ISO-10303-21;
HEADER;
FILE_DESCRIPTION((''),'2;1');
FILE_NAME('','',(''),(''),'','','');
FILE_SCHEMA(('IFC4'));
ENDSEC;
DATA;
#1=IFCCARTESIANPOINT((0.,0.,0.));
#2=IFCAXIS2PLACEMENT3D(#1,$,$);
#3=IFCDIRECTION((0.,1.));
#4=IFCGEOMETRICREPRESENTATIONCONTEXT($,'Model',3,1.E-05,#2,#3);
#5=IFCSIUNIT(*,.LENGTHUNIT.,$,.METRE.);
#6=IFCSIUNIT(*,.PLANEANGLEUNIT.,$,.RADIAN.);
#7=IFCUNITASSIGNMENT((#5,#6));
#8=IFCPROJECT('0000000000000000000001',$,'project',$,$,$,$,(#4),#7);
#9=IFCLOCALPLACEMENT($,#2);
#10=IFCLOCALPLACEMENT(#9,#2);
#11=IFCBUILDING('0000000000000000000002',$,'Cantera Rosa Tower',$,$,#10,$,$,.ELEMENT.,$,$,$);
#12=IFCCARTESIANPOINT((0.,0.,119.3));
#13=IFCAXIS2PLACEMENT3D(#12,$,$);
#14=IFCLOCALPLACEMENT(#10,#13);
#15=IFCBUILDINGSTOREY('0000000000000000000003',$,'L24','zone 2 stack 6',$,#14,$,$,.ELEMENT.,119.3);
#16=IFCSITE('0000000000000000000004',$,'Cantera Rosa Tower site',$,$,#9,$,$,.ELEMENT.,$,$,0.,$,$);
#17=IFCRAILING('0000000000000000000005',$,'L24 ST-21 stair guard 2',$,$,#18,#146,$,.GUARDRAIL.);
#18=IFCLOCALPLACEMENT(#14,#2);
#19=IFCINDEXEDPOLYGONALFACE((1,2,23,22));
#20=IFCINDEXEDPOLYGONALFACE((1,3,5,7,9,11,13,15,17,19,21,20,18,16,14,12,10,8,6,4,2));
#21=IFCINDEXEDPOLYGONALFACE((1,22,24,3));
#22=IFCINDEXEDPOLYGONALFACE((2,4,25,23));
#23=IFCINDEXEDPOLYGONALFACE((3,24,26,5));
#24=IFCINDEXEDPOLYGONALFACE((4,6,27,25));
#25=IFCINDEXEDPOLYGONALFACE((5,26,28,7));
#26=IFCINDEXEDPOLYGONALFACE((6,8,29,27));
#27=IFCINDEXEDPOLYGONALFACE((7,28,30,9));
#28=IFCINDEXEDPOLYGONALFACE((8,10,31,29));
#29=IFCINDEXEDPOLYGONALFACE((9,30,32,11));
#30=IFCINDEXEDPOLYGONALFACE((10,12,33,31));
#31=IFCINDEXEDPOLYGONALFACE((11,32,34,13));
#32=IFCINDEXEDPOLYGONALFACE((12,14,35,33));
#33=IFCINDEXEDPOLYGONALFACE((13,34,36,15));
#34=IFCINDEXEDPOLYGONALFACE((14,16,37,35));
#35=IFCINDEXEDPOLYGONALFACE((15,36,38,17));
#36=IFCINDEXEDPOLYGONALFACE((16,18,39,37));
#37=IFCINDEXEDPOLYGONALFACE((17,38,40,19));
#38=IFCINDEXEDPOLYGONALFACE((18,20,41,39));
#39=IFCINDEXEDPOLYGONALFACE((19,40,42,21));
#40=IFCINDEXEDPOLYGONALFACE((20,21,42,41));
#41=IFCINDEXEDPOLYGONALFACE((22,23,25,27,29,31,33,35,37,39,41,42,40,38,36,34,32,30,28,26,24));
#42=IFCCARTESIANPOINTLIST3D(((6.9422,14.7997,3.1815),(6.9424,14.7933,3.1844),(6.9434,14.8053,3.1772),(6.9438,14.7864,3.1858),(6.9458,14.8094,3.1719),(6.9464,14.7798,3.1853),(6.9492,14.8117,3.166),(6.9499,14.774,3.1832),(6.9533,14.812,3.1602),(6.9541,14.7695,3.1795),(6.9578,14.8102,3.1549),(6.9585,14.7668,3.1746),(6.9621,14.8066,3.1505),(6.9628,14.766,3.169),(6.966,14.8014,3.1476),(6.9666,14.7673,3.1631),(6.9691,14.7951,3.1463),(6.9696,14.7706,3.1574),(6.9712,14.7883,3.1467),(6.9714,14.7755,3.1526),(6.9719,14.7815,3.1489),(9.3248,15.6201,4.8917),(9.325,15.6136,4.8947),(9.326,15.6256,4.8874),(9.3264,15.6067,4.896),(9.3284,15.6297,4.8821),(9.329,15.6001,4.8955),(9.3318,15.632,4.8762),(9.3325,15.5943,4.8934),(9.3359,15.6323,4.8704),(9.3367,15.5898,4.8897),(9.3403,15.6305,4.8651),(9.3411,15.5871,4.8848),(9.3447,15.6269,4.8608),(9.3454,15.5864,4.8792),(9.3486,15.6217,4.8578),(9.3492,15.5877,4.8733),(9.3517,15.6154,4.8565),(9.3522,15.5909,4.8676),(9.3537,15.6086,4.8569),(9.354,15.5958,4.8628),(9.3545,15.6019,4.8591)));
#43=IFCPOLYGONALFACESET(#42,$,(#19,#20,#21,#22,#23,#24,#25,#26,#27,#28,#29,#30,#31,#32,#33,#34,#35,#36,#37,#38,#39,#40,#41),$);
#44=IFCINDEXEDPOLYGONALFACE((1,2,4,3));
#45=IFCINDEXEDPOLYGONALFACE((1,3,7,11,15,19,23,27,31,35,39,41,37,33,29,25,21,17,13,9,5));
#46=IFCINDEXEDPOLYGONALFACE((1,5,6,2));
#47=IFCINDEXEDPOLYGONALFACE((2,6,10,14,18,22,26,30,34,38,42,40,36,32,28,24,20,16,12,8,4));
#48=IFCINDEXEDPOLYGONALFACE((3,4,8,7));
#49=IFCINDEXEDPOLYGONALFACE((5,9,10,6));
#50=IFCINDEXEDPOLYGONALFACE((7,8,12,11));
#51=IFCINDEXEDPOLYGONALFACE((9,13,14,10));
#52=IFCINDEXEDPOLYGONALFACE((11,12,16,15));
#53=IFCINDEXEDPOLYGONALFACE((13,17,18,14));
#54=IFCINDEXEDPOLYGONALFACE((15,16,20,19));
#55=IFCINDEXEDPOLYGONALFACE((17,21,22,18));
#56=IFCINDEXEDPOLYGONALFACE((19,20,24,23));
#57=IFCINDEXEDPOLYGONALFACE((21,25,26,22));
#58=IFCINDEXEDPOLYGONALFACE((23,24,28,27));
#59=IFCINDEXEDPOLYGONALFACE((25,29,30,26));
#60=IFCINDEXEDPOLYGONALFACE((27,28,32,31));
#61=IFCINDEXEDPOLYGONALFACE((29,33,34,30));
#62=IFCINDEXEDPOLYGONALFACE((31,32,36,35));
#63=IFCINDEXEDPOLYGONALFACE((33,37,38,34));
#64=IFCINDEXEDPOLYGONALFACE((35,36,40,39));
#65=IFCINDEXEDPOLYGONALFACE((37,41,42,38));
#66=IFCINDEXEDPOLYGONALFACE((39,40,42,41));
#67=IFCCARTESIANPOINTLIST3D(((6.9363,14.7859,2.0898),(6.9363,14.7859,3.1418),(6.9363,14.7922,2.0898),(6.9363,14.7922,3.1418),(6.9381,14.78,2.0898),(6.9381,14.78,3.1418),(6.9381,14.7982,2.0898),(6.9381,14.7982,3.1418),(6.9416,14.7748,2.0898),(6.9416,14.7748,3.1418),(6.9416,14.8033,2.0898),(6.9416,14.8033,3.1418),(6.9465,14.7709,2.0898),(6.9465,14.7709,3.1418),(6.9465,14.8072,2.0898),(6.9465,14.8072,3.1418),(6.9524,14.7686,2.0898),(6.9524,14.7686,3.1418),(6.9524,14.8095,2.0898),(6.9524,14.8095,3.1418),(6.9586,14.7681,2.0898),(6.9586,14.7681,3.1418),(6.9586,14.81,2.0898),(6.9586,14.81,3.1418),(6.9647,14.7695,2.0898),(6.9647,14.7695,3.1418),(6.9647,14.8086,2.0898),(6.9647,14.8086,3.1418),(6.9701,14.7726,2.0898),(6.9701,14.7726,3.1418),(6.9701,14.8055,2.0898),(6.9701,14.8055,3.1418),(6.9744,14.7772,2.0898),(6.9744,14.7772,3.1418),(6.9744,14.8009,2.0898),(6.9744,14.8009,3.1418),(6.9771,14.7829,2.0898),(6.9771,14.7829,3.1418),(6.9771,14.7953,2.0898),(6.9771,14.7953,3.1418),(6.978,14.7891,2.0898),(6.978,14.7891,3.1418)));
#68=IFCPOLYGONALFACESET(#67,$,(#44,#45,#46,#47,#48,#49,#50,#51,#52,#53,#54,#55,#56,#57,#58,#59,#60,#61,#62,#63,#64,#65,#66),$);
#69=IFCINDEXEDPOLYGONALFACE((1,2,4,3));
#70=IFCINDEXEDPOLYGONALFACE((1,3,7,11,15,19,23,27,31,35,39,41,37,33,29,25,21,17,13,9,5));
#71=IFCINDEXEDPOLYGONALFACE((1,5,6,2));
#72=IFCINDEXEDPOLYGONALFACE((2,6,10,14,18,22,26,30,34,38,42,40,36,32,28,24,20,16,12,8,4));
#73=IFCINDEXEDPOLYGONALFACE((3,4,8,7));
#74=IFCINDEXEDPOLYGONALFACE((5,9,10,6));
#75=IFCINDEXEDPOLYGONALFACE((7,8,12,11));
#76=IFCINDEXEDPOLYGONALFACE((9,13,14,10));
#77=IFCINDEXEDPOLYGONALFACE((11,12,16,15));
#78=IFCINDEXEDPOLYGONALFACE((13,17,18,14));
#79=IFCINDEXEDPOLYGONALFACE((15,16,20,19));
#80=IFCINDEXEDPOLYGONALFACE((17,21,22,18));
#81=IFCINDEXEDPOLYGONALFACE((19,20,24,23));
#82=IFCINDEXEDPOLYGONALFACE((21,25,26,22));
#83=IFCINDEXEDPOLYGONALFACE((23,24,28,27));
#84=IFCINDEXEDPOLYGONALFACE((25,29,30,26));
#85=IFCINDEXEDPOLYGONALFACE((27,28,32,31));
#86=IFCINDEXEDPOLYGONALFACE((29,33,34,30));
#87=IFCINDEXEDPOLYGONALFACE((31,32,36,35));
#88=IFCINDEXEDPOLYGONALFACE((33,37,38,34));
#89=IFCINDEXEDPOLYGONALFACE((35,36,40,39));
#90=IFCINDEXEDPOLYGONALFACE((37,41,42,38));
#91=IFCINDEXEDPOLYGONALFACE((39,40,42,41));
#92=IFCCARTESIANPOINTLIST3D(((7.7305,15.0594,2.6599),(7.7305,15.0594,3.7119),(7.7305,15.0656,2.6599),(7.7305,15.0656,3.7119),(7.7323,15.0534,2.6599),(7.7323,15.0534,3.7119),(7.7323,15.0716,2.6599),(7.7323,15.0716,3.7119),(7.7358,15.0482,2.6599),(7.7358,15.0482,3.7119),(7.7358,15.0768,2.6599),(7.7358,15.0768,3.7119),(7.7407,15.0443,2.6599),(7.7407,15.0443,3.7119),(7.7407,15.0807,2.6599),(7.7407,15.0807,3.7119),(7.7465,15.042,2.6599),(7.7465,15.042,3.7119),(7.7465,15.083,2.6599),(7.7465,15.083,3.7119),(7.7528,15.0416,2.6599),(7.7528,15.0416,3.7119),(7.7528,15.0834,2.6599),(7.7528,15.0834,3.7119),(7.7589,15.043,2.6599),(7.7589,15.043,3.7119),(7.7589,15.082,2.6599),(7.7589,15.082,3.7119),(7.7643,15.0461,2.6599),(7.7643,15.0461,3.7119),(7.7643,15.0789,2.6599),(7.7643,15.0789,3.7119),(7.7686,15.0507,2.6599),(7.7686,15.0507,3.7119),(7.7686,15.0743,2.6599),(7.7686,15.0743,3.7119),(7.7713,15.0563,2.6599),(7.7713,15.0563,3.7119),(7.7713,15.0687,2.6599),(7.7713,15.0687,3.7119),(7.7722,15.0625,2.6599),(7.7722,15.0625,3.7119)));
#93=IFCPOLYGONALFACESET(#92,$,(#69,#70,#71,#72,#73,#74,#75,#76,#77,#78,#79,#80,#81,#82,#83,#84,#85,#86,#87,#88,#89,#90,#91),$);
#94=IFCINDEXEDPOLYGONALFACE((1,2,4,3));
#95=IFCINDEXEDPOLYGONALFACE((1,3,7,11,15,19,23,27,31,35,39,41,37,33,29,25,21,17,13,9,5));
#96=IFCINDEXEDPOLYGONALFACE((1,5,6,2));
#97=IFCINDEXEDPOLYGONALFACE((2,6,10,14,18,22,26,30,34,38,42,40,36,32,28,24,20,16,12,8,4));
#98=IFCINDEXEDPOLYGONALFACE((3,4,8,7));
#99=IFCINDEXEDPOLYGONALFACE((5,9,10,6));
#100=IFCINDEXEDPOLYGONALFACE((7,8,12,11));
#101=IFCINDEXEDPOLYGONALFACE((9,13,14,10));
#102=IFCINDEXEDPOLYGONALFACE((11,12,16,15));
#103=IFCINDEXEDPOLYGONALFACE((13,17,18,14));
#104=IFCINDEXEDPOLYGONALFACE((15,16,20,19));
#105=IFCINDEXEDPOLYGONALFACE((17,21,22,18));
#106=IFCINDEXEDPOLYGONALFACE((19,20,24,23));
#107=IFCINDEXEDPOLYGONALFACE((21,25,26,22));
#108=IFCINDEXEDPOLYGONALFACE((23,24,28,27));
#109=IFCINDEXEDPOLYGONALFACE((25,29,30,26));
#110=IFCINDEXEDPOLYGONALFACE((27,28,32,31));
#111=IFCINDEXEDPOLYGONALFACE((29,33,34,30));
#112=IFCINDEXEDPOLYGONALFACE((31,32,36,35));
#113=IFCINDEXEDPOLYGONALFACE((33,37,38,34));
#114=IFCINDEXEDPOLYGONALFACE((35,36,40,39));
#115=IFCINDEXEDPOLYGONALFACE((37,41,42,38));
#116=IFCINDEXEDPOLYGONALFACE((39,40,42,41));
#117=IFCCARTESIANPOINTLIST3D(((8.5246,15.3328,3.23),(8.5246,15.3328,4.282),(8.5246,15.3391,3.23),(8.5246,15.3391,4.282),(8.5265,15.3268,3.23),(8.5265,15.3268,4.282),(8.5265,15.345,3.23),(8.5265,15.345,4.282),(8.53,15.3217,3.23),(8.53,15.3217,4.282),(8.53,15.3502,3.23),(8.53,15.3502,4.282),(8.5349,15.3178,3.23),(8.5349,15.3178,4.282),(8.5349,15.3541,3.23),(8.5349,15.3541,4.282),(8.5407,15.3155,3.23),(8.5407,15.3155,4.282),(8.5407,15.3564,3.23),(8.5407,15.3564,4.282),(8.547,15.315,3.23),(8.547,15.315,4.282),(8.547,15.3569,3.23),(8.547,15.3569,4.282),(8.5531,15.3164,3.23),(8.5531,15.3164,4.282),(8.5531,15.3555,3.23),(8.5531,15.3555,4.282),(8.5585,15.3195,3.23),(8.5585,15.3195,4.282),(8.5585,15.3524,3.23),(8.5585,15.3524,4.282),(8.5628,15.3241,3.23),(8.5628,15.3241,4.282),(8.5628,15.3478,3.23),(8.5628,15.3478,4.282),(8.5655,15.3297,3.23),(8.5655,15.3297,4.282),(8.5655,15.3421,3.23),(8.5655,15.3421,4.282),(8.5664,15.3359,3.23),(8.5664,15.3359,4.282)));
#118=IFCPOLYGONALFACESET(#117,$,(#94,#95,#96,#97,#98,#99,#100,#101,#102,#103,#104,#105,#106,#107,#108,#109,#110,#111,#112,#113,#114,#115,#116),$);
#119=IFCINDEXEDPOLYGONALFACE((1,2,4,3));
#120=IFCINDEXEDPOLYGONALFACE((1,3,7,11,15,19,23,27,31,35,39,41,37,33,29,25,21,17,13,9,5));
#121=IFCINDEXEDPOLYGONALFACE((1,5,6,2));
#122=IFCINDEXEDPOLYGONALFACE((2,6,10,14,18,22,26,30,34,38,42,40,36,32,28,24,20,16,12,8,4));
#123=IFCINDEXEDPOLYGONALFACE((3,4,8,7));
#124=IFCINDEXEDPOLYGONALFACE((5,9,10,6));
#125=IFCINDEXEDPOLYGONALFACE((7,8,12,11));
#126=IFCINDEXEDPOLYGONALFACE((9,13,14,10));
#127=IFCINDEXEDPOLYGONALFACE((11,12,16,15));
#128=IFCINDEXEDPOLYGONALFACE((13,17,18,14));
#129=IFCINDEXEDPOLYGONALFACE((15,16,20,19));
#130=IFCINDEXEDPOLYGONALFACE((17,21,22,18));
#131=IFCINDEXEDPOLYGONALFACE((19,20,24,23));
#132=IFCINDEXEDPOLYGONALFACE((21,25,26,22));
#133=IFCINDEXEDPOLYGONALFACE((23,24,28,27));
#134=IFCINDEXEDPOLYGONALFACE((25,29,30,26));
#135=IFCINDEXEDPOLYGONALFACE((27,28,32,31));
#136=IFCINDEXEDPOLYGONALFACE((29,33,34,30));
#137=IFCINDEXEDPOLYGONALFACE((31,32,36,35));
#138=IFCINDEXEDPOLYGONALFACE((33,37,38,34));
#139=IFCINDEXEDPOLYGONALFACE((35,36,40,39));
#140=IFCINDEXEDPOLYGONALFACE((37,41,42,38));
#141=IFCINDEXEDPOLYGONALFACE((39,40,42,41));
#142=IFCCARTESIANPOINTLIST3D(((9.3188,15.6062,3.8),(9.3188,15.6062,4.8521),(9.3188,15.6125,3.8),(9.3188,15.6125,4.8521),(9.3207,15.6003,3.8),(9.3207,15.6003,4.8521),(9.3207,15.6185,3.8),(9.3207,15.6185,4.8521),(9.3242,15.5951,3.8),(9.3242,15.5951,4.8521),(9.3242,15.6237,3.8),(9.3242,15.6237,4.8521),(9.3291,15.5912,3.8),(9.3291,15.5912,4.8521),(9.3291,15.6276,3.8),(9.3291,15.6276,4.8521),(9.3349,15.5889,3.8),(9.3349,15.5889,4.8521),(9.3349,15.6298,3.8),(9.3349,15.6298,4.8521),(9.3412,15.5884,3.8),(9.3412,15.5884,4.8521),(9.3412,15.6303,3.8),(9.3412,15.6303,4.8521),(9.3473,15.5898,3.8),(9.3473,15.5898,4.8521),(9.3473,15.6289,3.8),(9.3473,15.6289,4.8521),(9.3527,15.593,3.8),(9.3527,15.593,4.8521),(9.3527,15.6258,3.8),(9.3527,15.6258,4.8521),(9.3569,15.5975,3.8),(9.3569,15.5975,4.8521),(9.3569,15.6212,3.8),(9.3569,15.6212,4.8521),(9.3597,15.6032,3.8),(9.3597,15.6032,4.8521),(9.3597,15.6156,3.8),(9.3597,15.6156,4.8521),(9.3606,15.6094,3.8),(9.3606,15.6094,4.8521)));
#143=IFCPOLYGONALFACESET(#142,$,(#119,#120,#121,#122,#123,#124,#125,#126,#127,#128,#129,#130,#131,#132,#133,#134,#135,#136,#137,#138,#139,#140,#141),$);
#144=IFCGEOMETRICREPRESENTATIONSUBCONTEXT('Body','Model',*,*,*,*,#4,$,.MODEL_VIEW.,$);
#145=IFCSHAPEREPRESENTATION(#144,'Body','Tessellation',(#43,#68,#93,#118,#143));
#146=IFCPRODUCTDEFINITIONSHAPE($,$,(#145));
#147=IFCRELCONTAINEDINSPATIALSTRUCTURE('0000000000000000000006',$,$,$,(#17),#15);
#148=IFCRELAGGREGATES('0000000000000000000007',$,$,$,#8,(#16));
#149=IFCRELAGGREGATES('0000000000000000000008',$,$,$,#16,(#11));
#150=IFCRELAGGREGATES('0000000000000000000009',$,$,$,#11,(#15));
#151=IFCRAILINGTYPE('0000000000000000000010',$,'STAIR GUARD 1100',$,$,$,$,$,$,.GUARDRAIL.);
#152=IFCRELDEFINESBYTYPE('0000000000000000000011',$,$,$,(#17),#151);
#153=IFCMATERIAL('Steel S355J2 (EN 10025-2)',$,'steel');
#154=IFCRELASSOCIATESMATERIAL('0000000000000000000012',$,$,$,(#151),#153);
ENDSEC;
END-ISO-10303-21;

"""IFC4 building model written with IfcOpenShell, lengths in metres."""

from ifc_helpers import new_model, si_unit, direction, frame, origin, origin_2d, place, context, subcontext, project, spatial, circle, extrude, material, type_object, element, save


model = new_model("IFC4")

# Units and contexts
model_context = context("Model", 3, precision=1e-05, world=origin(), true_north=direction((0.0, 1.0)))
body_context = subcontext(model_context, "Body", "Model", "MODEL_VIEW")
ifc_project = project(units=[si_unit("LENGTHUNIT", "METRE"), si_unit("PLANEANGLEUNIT", "RADIAN")], contexts=[model_context])

# Site, building, storey
site_placement = place(None, origin())
site = spatial("IfcSite", under=ifc_project, at=site_placement, Name="Cantera Rosa Tower site", CompositionType="ELEMENT", RefElevation=0.0)
building_placement = place(site_placement, origin())
building = spatial("IfcBuilding", under=site, at=building_placement, Name="Cantera Rosa Tower", CompositionType="ELEMENT")
storey_placement = place(building_placement, frame((0.0, 0.0, 119.3)))
storey = spatial("IfcBuildingStorey", under=building, at=storey_placement, Name="L24", Description="zone 2 stack 6", CompositionType="ELEMENT", Elevation=119.3)

# Railing
ifc_material_1 = material(Name="Steel S355J2 (EN 10025-2)", Category="steel")
railing_type_1 = type_object("IfcRailingType", Name="STAIR GUARD 1100", PredefinedType="GUARDRAIL", material=ifc_material_1)
railing_1_placement = place(storey_placement, frame((6.957, 14.7891, 2.0898)))
element("IfcRailing", 1, at=railing_1_placement, inside=storey, type_object=railing_type_1, Name="L24 ST-21 stair guard 2", PredefinedType="GUARDRAIL", context=body_context, shape_type="SweptSolid", body=[
    extrude(circle(Radius=0.0239, at=origin_2d()), frame((0.0, 0.0, 1.0762), z_axis=(0.782355, 0.269363, 0.561573), x_axis=(-0.325543, 0.945527, 0.0)), (0.0, 0.0, 1.0), 3.0454),
    extrude(circle(Radius=0.021, at=origin_2d()), origin(), (0.0, 0.0, 1.0), 1.052),
    extrude(circle(Radius=0.021, at=origin_2d()), frame((0.7942, 0.2734, 0.5701)), (0.0, 0.0, 1.0), 1.052),
    extrude(circle(Radius=0.021, at=origin_2d()), frame((1.5884, 0.5469, 1.1401)), (0.0, 0.0, 1.0), 1.052),
    extrude(circle(Radius=0.021, at=origin_2d()), frame((2.3826, 0.8203, 1.7102)), (0.0, 0.0, 1.0), 1.052),
])

save(model, "model.ifc")
